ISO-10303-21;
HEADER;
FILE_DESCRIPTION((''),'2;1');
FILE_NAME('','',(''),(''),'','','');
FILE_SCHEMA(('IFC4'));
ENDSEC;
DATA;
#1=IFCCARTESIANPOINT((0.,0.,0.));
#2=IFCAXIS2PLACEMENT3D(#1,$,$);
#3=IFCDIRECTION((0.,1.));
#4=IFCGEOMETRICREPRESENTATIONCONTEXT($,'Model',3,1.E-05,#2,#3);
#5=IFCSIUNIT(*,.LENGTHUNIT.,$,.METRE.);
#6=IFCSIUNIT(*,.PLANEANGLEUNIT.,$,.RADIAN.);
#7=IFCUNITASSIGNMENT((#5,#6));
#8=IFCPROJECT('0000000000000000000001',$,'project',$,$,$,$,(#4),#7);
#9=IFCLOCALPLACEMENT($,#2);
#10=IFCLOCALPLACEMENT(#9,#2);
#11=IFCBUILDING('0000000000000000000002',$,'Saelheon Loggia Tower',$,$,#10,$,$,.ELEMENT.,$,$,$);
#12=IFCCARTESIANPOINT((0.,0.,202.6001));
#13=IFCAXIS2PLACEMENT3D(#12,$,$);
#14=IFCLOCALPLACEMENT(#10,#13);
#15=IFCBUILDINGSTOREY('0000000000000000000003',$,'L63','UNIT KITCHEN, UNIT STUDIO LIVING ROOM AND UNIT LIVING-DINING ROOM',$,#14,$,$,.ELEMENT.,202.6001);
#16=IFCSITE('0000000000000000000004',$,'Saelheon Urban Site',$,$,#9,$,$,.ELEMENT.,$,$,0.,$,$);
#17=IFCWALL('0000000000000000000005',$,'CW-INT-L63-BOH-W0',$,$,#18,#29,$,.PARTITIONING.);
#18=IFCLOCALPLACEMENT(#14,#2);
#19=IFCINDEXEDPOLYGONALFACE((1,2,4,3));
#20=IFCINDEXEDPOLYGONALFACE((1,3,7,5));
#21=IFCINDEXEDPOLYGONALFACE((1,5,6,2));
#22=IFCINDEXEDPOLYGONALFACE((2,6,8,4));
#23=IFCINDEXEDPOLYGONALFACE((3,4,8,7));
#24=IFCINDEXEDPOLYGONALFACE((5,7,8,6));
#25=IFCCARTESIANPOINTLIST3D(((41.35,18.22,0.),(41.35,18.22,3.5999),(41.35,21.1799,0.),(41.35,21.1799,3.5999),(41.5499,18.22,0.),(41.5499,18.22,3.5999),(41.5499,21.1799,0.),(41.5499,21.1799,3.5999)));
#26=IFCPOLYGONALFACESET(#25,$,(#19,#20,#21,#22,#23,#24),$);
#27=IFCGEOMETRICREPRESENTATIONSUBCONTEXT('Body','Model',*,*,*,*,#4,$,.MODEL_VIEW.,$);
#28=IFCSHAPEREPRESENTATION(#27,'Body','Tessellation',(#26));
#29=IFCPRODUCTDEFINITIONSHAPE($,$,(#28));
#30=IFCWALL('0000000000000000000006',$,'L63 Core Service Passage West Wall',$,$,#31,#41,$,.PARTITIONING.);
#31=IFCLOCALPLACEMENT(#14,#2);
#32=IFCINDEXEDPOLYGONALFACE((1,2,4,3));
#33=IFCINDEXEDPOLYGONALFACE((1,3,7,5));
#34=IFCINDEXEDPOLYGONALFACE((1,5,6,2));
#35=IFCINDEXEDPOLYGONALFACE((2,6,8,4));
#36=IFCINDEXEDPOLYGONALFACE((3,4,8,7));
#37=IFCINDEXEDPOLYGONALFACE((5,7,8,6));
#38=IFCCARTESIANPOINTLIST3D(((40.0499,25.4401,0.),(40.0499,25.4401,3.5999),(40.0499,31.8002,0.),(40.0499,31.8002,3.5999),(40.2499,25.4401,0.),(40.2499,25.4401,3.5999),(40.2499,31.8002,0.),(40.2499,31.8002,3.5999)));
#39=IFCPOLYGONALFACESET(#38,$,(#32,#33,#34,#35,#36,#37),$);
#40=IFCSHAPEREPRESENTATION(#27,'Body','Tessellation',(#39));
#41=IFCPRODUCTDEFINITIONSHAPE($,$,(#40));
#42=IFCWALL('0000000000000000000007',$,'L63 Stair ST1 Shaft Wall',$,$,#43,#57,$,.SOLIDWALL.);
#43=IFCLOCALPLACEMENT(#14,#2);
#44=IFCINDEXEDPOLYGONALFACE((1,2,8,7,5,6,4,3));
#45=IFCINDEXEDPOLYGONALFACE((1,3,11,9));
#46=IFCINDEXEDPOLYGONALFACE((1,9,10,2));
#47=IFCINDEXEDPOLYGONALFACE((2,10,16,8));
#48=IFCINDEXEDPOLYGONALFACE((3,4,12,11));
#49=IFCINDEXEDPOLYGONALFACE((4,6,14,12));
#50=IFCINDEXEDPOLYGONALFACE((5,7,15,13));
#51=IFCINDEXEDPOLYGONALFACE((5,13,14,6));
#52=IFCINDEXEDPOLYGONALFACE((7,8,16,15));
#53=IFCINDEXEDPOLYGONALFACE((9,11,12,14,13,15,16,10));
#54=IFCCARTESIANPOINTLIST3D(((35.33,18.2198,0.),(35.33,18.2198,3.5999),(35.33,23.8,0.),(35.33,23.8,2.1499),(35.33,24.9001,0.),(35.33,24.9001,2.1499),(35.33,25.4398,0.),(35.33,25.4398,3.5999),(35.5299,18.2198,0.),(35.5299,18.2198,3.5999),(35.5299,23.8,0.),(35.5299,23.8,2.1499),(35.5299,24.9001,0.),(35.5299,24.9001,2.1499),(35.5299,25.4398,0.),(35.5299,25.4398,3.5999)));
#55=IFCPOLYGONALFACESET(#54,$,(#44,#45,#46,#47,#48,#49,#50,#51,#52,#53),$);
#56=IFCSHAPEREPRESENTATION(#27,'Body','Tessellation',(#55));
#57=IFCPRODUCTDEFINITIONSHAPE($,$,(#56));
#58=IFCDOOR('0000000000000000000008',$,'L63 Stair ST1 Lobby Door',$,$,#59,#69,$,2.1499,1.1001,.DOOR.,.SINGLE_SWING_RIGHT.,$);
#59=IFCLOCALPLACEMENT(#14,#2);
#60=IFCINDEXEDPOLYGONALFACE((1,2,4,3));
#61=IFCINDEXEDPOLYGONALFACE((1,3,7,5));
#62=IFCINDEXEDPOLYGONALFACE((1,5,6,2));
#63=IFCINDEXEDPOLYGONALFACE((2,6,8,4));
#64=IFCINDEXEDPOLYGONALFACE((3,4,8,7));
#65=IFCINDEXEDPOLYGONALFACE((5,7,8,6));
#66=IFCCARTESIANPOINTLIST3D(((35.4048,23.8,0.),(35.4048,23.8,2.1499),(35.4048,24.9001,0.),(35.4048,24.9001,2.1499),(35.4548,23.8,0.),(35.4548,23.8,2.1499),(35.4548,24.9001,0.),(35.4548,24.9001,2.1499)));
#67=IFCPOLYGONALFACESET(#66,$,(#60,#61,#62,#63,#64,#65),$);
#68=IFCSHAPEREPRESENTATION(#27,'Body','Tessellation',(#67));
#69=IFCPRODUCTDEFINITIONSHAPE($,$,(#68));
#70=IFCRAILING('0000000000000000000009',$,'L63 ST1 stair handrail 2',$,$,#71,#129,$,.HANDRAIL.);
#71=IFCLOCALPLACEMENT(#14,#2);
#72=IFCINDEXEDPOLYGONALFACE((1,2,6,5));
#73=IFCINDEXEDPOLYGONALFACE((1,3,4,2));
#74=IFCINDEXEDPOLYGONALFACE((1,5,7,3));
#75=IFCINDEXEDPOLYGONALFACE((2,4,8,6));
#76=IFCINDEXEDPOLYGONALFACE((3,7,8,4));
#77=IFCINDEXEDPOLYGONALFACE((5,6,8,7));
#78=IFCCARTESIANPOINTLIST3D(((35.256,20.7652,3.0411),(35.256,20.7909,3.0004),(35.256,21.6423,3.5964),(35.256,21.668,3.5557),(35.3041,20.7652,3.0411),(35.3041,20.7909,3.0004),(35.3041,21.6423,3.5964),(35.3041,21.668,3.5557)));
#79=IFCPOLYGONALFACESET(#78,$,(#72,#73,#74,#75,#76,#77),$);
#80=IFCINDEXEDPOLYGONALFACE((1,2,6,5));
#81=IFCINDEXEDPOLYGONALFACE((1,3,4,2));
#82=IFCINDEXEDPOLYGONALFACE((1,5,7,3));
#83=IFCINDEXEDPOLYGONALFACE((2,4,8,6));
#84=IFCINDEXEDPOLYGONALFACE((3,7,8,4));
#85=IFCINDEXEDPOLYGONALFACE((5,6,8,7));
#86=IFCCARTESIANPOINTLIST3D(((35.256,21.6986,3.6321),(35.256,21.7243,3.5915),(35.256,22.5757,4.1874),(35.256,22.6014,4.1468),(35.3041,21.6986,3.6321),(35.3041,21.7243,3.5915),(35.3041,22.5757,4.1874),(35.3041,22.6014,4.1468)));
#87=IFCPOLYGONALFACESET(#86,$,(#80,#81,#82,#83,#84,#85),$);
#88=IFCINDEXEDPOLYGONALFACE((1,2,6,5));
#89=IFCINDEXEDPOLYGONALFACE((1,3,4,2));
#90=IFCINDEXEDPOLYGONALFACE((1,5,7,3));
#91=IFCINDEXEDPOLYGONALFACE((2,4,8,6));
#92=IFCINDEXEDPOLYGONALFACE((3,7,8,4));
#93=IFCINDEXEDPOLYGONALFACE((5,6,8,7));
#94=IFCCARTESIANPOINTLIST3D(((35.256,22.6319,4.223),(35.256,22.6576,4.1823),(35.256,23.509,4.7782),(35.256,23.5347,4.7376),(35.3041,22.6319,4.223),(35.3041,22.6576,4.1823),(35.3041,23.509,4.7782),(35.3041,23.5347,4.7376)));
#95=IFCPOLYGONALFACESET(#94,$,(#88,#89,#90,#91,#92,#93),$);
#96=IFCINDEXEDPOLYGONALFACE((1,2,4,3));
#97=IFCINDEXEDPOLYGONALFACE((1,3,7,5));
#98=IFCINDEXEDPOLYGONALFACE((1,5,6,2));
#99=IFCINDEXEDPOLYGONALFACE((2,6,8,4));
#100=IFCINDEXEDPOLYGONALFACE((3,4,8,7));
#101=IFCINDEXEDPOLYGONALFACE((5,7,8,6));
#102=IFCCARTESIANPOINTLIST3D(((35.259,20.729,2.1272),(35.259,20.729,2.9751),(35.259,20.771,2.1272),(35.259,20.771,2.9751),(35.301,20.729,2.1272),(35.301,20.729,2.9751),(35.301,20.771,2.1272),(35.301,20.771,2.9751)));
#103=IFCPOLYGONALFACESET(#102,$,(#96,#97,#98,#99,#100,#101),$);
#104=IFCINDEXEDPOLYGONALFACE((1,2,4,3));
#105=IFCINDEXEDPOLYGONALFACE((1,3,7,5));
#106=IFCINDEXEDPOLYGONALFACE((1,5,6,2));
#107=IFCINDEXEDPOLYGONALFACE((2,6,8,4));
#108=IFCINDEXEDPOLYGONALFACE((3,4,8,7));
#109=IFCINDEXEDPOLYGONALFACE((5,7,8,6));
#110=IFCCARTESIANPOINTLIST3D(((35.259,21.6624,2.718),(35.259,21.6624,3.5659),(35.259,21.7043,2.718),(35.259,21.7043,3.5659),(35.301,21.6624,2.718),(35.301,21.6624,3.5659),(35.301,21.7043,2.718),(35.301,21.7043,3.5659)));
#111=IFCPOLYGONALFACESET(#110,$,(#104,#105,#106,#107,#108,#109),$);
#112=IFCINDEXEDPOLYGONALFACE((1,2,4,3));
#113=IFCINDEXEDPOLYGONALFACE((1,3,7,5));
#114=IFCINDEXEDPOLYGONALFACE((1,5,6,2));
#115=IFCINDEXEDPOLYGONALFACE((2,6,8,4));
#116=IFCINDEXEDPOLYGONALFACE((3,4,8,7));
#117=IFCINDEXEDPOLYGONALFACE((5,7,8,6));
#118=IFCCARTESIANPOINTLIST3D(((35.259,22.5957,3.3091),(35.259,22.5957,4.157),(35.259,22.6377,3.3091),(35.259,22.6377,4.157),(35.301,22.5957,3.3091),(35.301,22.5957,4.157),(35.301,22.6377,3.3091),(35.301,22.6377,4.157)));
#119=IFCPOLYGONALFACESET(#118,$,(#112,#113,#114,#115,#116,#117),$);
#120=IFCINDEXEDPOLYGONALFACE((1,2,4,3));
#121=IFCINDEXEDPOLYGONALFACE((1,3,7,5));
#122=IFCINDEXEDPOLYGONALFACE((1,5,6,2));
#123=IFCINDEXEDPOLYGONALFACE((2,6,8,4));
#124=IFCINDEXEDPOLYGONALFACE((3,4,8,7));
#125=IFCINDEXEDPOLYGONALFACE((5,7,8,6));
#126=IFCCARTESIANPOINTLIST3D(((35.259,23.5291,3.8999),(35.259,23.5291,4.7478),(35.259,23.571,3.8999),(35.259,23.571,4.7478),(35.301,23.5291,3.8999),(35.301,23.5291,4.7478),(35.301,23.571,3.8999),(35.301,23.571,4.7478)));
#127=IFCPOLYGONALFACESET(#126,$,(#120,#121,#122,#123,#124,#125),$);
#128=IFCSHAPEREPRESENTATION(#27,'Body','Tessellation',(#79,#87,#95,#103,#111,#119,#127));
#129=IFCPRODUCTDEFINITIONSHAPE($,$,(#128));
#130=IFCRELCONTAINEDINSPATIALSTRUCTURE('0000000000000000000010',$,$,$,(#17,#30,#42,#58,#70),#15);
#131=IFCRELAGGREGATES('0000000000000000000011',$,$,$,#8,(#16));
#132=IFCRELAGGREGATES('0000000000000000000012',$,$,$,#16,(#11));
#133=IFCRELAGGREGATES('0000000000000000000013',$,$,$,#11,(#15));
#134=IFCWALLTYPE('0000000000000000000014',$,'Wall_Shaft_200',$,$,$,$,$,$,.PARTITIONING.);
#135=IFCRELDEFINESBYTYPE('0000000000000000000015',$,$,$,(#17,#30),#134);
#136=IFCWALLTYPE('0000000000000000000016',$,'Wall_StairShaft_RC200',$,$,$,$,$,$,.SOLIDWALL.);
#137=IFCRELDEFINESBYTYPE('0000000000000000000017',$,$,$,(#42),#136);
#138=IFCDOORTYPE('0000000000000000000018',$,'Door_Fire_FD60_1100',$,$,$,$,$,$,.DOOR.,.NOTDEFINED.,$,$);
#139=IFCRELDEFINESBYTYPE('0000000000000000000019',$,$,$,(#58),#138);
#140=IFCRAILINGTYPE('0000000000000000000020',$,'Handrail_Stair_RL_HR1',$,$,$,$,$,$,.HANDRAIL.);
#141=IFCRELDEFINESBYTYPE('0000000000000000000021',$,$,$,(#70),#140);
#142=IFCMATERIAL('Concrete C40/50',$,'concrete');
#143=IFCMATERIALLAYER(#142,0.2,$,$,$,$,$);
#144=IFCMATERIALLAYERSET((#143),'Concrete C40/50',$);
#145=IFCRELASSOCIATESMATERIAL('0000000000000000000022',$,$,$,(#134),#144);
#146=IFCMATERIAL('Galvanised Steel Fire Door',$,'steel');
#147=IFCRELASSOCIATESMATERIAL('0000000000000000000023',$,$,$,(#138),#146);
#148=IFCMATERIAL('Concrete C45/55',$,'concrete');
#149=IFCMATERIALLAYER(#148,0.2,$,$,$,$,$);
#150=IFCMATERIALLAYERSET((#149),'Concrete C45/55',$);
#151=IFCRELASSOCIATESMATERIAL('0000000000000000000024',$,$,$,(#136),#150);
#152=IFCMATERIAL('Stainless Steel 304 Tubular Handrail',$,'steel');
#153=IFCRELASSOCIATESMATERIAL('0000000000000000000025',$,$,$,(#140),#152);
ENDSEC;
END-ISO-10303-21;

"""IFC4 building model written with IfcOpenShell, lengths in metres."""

from ifc_helpers import new_model, si_unit, direction, frame, frame_2d, origin, origin_2d, place, context, subcontext, project, spatial, rectangle, extrude, source, transform, mapped, material, layer, layer_set, type_object, element, fill, save


model = new_model("IFC4")

# Units and contexts
model_context = context("Model", 3, precision=1e-05, world=origin(), true_north=direction((0.0, 1.0)))
body_context = subcontext(model_context, "Body", "Model", "MODEL_VIEW")
ifc_project = project(units=[si_unit("LENGTHUNIT", "METRE"), si_unit("PLANEANGLEUNIT", "RADIAN")], contexts=[model_context])

# Site, building, storey
site_placement = place(None, origin())
site = spatial("IfcSite", under=ifc_project, at=site_placement, Name="Saelheon Urban Site", CompositionType="ELEMENT", RefElevation=0.0)
building_placement = place(site_placement, origin())
building = spatial("IfcBuilding", under=site, at=building_placement, Name="Saelheon Loggia Tower", CompositionType="ELEMENT")
storey_placement = place(building_placement, frame((0.0, 0.0, 202.6001)))
storey = spatial("IfcBuildingStorey", under=building, at=storey_placement, Name="L63", Description="UNIT KITCHEN, UNIT STUDIO LIVING ROOM AND UNIT LIVING-DINING ROOM", CompositionType="ELEMENT", Elevation=202.6001)

# Walls
ifc_material_1 = material(Name="Concrete C40/50", Category="concrete")
ifc_layer_1 = layer(ifc_material_1, 0.2)
ifc_layer_set_1 = layer_set([ifc_layer_1], Name="Concrete C40/50")
wall_type_1 = type_object("IfcWallType", Name="Wall_Shaft_200", PredefinedType="PARTITIONING", material=ifc_layer_set_1)
wall_1_placement = place(storey_placement, frame((41.45, 18.22, 0.0), z_axis=(0.0, 0.0, 1.0), x_axis=(0.0, 1.0, 0.0)))
element("IfcWall", 1, at=wall_1_placement, inside=storey, type_object=wall_type_1, Name="CW-INT-L63-BOH-W0", PredefinedType="PARTITIONING", context=body_context, shape_type="SweptSolid", body=[
    extrude(rectangle(XDim=2.96, YDim=0.2, at=frame_2d((1.48, 0.0))), origin(), (0.0, 0.0, 1.0), 3.5999),
])
wall_2_placement = place(storey_placement, frame((40.1499, 25.4399, 0.0), z_axis=(0.0, 0.0, 1.0), x_axis=(0.0, 1.0, 0.0)))
element("IfcWall", 2, at=wall_2_placement, inside=storey, type_object=wall_type_1, Name="L63 Core Service Passage West Wall", PredefinedType="PARTITIONING", context=body_context, shape_type="SweptSolid", body=[
    extrude(rectangle(XDim=6.3601, YDim=0.2, at=frame_2d((3.1802, 0.0))), origin(), (0.0, 0.0, 1.0), 3.5999),
])

# Shared definitions
shared_shape_1 = source(origin(), body_context, "Body", "SweptSolid", [
    extrude(rectangle(XDim=1.1001, YDim=2.1499, at=frame_2d((0.55, 1.075))), frame((0.0, 0.0249, 0.0), z_axis=(0.0, -1.0, 0.0), x_axis=(1.0, 0.0, 0.0)), (0.0, 0.0, 1.0), 0.05),
])

# Shared definitions
ifc_material_2 = material(Name="Galvanised Steel Fire Door", Category="steel")
door_type_1 = type_object("IfcDoorType", Name="Door_Fire_FD60_1100", OperationType="NOTDEFINED", PredefinedType="DOOR", material=ifc_material_2)

# Wall, opening, door
ifc_material_3 = material(Name="Concrete C45/55", Category="concrete")
ifc_layer_2 = layer(ifc_material_3, 0.2)
ifc_layer_set_2 = layer_set([ifc_layer_2], Name="Concrete C45/55")
wall_type_2 = type_object("IfcWallType", Name="Wall_StairShaft_RC200", PredefinedType="SOLIDWALL", material=ifc_layer_set_2)
wall_3_placement = place(storey_placement, frame((35.4299, 18.22, 0.0), z_axis=(0.0, 0.0, 1.0), x_axis=(0.0, 1.0, 0.0)))
wall_3 = element("IfcWall", 3, at=wall_3_placement, inside=storey, type_object=wall_type_2, Name="L63 Stair ST1 Shaft Wall", PredefinedType="SOLIDWALL", context=body_context, shape_type="SweptSolid", body=[
    extrude(rectangle(XDim=7.22, YDim=0.2, at=frame_2d((3.6099, 0.0))), origin(), (0.0, 0.0, 1.0), 3.5999),
])
opening_1_placement = place(wall_3_placement, frame((6.6802, 0.0, 0.0), z_axis=(0.0, 0.0, 1.0), x_axis=(-1.0, 0.0, 0.0)))
opening_1 = element("IfcOpeningElement", 4, at=opening_1_placement, cuts=wall_3, PredefinedType="OPENING", context=body_context, shape_type="SweptSolid", body=[
    extrude(rectangle(XDim=1.1001, YDim=2.1499, at=frame_2d((0.55, 1.075))), frame((0.0, 0.1121, 0.0), z_axis=(0.0, -1.0, 0.0), x_axis=(1.0, 0.0, 0.0)), (0.0, 0.0, 1.0), 0.2239),
])
door_1_placement = place(opening_1_placement, origin())
door_1 = element("IfcDoor", 5, at=door_1_placement, inside=storey, type_object=door_type_1, Name="L63 Stair ST1 Lobby Door", OperationType="SINGLE_SWING_RIGHT", OverallHeight=2.1499, OverallWidth=1.1001, PredefinedType="DOOR", context=body_context, shape_type="MappedRepresentation", body=[
    mapped(shared_shape_1, transform((0.0, 0.0, 0.0), scale=1.0)),
])
fill(opening_1, door_1)

# Railing
ifc_material_4 = material(Name="Stainless Steel 304 Tubular Handrail", Category="steel")
railing_type = type_object("IfcRailingType", Name="Handrail_Stair_RL_HR1", PredefinedType="HANDRAIL", material=ifc_material_4)
railing_placement = place(storey_placement, frame((35.28, 20.75, 2.1272)))
element("IfcRailing", 6, at=railing_placement, inside=storey, type_object=railing_type, Name="L63 ST1 stair handrail 2", PredefinedType="HANDRAIL", context=body_context, shape_type="SweptSolid", body=[
    extrude(rectangle(XDim=0.0481, YDim=0.0481, at=origin_2d()), frame((0.0, 0.0281, 0.8936), z_axis=(0.0, 0.844909, 0.53491), x_axis=(-1.0, 0.0, 0.0)), (0.0, 0.0, 1.0), 1.0381),
    extrude(rectangle(XDim=0.0481, YDim=0.0481, at=origin_2d()), frame((0.0, 0.9614, 1.4846), z_axis=(0.0, 0.844909, 0.53491), x_axis=(-1.0, 0.0, 0.0)), (0.0, 0.0, 1.0), 1.0381),
    extrude(rectangle(XDim=0.0481, YDim=0.0481, at=origin_2d()), frame((0.0, 1.8948, 2.0754), z_axis=(0.0, 0.844909, 0.53491), x_axis=(-1.0, 0.0, 0.0)), (0.0, 0.0, 1.0), 1.0381),
    extrude(rectangle(XDim=0.042, YDim=0.042, at=origin_2d()), origin(), (0.0, 0.0, 1.0), 0.8479),
    extrude(rectangle(XDim=0.042, YDim=0.042, at=origin_2d()), frame((0.0, 0.9333, 0.5908)), (0.0, 0.0, 1.0), 0.8479),
    extrude(rectangle(XDim=0.042, YDim=0.042, at=origin_2d()), frame((0.0, 1.8667, 1.1819)), (0.0, 0.0, 1.0), 0.8479),
    extrude(rectangle(XDim=0.042, YDim=0.042, at=origin_2d()), frame((0.0, 2.8, 1.7727)), (0.0, 0.0, 1.0), 0.8479),
])

save(model, "model.ifc")
